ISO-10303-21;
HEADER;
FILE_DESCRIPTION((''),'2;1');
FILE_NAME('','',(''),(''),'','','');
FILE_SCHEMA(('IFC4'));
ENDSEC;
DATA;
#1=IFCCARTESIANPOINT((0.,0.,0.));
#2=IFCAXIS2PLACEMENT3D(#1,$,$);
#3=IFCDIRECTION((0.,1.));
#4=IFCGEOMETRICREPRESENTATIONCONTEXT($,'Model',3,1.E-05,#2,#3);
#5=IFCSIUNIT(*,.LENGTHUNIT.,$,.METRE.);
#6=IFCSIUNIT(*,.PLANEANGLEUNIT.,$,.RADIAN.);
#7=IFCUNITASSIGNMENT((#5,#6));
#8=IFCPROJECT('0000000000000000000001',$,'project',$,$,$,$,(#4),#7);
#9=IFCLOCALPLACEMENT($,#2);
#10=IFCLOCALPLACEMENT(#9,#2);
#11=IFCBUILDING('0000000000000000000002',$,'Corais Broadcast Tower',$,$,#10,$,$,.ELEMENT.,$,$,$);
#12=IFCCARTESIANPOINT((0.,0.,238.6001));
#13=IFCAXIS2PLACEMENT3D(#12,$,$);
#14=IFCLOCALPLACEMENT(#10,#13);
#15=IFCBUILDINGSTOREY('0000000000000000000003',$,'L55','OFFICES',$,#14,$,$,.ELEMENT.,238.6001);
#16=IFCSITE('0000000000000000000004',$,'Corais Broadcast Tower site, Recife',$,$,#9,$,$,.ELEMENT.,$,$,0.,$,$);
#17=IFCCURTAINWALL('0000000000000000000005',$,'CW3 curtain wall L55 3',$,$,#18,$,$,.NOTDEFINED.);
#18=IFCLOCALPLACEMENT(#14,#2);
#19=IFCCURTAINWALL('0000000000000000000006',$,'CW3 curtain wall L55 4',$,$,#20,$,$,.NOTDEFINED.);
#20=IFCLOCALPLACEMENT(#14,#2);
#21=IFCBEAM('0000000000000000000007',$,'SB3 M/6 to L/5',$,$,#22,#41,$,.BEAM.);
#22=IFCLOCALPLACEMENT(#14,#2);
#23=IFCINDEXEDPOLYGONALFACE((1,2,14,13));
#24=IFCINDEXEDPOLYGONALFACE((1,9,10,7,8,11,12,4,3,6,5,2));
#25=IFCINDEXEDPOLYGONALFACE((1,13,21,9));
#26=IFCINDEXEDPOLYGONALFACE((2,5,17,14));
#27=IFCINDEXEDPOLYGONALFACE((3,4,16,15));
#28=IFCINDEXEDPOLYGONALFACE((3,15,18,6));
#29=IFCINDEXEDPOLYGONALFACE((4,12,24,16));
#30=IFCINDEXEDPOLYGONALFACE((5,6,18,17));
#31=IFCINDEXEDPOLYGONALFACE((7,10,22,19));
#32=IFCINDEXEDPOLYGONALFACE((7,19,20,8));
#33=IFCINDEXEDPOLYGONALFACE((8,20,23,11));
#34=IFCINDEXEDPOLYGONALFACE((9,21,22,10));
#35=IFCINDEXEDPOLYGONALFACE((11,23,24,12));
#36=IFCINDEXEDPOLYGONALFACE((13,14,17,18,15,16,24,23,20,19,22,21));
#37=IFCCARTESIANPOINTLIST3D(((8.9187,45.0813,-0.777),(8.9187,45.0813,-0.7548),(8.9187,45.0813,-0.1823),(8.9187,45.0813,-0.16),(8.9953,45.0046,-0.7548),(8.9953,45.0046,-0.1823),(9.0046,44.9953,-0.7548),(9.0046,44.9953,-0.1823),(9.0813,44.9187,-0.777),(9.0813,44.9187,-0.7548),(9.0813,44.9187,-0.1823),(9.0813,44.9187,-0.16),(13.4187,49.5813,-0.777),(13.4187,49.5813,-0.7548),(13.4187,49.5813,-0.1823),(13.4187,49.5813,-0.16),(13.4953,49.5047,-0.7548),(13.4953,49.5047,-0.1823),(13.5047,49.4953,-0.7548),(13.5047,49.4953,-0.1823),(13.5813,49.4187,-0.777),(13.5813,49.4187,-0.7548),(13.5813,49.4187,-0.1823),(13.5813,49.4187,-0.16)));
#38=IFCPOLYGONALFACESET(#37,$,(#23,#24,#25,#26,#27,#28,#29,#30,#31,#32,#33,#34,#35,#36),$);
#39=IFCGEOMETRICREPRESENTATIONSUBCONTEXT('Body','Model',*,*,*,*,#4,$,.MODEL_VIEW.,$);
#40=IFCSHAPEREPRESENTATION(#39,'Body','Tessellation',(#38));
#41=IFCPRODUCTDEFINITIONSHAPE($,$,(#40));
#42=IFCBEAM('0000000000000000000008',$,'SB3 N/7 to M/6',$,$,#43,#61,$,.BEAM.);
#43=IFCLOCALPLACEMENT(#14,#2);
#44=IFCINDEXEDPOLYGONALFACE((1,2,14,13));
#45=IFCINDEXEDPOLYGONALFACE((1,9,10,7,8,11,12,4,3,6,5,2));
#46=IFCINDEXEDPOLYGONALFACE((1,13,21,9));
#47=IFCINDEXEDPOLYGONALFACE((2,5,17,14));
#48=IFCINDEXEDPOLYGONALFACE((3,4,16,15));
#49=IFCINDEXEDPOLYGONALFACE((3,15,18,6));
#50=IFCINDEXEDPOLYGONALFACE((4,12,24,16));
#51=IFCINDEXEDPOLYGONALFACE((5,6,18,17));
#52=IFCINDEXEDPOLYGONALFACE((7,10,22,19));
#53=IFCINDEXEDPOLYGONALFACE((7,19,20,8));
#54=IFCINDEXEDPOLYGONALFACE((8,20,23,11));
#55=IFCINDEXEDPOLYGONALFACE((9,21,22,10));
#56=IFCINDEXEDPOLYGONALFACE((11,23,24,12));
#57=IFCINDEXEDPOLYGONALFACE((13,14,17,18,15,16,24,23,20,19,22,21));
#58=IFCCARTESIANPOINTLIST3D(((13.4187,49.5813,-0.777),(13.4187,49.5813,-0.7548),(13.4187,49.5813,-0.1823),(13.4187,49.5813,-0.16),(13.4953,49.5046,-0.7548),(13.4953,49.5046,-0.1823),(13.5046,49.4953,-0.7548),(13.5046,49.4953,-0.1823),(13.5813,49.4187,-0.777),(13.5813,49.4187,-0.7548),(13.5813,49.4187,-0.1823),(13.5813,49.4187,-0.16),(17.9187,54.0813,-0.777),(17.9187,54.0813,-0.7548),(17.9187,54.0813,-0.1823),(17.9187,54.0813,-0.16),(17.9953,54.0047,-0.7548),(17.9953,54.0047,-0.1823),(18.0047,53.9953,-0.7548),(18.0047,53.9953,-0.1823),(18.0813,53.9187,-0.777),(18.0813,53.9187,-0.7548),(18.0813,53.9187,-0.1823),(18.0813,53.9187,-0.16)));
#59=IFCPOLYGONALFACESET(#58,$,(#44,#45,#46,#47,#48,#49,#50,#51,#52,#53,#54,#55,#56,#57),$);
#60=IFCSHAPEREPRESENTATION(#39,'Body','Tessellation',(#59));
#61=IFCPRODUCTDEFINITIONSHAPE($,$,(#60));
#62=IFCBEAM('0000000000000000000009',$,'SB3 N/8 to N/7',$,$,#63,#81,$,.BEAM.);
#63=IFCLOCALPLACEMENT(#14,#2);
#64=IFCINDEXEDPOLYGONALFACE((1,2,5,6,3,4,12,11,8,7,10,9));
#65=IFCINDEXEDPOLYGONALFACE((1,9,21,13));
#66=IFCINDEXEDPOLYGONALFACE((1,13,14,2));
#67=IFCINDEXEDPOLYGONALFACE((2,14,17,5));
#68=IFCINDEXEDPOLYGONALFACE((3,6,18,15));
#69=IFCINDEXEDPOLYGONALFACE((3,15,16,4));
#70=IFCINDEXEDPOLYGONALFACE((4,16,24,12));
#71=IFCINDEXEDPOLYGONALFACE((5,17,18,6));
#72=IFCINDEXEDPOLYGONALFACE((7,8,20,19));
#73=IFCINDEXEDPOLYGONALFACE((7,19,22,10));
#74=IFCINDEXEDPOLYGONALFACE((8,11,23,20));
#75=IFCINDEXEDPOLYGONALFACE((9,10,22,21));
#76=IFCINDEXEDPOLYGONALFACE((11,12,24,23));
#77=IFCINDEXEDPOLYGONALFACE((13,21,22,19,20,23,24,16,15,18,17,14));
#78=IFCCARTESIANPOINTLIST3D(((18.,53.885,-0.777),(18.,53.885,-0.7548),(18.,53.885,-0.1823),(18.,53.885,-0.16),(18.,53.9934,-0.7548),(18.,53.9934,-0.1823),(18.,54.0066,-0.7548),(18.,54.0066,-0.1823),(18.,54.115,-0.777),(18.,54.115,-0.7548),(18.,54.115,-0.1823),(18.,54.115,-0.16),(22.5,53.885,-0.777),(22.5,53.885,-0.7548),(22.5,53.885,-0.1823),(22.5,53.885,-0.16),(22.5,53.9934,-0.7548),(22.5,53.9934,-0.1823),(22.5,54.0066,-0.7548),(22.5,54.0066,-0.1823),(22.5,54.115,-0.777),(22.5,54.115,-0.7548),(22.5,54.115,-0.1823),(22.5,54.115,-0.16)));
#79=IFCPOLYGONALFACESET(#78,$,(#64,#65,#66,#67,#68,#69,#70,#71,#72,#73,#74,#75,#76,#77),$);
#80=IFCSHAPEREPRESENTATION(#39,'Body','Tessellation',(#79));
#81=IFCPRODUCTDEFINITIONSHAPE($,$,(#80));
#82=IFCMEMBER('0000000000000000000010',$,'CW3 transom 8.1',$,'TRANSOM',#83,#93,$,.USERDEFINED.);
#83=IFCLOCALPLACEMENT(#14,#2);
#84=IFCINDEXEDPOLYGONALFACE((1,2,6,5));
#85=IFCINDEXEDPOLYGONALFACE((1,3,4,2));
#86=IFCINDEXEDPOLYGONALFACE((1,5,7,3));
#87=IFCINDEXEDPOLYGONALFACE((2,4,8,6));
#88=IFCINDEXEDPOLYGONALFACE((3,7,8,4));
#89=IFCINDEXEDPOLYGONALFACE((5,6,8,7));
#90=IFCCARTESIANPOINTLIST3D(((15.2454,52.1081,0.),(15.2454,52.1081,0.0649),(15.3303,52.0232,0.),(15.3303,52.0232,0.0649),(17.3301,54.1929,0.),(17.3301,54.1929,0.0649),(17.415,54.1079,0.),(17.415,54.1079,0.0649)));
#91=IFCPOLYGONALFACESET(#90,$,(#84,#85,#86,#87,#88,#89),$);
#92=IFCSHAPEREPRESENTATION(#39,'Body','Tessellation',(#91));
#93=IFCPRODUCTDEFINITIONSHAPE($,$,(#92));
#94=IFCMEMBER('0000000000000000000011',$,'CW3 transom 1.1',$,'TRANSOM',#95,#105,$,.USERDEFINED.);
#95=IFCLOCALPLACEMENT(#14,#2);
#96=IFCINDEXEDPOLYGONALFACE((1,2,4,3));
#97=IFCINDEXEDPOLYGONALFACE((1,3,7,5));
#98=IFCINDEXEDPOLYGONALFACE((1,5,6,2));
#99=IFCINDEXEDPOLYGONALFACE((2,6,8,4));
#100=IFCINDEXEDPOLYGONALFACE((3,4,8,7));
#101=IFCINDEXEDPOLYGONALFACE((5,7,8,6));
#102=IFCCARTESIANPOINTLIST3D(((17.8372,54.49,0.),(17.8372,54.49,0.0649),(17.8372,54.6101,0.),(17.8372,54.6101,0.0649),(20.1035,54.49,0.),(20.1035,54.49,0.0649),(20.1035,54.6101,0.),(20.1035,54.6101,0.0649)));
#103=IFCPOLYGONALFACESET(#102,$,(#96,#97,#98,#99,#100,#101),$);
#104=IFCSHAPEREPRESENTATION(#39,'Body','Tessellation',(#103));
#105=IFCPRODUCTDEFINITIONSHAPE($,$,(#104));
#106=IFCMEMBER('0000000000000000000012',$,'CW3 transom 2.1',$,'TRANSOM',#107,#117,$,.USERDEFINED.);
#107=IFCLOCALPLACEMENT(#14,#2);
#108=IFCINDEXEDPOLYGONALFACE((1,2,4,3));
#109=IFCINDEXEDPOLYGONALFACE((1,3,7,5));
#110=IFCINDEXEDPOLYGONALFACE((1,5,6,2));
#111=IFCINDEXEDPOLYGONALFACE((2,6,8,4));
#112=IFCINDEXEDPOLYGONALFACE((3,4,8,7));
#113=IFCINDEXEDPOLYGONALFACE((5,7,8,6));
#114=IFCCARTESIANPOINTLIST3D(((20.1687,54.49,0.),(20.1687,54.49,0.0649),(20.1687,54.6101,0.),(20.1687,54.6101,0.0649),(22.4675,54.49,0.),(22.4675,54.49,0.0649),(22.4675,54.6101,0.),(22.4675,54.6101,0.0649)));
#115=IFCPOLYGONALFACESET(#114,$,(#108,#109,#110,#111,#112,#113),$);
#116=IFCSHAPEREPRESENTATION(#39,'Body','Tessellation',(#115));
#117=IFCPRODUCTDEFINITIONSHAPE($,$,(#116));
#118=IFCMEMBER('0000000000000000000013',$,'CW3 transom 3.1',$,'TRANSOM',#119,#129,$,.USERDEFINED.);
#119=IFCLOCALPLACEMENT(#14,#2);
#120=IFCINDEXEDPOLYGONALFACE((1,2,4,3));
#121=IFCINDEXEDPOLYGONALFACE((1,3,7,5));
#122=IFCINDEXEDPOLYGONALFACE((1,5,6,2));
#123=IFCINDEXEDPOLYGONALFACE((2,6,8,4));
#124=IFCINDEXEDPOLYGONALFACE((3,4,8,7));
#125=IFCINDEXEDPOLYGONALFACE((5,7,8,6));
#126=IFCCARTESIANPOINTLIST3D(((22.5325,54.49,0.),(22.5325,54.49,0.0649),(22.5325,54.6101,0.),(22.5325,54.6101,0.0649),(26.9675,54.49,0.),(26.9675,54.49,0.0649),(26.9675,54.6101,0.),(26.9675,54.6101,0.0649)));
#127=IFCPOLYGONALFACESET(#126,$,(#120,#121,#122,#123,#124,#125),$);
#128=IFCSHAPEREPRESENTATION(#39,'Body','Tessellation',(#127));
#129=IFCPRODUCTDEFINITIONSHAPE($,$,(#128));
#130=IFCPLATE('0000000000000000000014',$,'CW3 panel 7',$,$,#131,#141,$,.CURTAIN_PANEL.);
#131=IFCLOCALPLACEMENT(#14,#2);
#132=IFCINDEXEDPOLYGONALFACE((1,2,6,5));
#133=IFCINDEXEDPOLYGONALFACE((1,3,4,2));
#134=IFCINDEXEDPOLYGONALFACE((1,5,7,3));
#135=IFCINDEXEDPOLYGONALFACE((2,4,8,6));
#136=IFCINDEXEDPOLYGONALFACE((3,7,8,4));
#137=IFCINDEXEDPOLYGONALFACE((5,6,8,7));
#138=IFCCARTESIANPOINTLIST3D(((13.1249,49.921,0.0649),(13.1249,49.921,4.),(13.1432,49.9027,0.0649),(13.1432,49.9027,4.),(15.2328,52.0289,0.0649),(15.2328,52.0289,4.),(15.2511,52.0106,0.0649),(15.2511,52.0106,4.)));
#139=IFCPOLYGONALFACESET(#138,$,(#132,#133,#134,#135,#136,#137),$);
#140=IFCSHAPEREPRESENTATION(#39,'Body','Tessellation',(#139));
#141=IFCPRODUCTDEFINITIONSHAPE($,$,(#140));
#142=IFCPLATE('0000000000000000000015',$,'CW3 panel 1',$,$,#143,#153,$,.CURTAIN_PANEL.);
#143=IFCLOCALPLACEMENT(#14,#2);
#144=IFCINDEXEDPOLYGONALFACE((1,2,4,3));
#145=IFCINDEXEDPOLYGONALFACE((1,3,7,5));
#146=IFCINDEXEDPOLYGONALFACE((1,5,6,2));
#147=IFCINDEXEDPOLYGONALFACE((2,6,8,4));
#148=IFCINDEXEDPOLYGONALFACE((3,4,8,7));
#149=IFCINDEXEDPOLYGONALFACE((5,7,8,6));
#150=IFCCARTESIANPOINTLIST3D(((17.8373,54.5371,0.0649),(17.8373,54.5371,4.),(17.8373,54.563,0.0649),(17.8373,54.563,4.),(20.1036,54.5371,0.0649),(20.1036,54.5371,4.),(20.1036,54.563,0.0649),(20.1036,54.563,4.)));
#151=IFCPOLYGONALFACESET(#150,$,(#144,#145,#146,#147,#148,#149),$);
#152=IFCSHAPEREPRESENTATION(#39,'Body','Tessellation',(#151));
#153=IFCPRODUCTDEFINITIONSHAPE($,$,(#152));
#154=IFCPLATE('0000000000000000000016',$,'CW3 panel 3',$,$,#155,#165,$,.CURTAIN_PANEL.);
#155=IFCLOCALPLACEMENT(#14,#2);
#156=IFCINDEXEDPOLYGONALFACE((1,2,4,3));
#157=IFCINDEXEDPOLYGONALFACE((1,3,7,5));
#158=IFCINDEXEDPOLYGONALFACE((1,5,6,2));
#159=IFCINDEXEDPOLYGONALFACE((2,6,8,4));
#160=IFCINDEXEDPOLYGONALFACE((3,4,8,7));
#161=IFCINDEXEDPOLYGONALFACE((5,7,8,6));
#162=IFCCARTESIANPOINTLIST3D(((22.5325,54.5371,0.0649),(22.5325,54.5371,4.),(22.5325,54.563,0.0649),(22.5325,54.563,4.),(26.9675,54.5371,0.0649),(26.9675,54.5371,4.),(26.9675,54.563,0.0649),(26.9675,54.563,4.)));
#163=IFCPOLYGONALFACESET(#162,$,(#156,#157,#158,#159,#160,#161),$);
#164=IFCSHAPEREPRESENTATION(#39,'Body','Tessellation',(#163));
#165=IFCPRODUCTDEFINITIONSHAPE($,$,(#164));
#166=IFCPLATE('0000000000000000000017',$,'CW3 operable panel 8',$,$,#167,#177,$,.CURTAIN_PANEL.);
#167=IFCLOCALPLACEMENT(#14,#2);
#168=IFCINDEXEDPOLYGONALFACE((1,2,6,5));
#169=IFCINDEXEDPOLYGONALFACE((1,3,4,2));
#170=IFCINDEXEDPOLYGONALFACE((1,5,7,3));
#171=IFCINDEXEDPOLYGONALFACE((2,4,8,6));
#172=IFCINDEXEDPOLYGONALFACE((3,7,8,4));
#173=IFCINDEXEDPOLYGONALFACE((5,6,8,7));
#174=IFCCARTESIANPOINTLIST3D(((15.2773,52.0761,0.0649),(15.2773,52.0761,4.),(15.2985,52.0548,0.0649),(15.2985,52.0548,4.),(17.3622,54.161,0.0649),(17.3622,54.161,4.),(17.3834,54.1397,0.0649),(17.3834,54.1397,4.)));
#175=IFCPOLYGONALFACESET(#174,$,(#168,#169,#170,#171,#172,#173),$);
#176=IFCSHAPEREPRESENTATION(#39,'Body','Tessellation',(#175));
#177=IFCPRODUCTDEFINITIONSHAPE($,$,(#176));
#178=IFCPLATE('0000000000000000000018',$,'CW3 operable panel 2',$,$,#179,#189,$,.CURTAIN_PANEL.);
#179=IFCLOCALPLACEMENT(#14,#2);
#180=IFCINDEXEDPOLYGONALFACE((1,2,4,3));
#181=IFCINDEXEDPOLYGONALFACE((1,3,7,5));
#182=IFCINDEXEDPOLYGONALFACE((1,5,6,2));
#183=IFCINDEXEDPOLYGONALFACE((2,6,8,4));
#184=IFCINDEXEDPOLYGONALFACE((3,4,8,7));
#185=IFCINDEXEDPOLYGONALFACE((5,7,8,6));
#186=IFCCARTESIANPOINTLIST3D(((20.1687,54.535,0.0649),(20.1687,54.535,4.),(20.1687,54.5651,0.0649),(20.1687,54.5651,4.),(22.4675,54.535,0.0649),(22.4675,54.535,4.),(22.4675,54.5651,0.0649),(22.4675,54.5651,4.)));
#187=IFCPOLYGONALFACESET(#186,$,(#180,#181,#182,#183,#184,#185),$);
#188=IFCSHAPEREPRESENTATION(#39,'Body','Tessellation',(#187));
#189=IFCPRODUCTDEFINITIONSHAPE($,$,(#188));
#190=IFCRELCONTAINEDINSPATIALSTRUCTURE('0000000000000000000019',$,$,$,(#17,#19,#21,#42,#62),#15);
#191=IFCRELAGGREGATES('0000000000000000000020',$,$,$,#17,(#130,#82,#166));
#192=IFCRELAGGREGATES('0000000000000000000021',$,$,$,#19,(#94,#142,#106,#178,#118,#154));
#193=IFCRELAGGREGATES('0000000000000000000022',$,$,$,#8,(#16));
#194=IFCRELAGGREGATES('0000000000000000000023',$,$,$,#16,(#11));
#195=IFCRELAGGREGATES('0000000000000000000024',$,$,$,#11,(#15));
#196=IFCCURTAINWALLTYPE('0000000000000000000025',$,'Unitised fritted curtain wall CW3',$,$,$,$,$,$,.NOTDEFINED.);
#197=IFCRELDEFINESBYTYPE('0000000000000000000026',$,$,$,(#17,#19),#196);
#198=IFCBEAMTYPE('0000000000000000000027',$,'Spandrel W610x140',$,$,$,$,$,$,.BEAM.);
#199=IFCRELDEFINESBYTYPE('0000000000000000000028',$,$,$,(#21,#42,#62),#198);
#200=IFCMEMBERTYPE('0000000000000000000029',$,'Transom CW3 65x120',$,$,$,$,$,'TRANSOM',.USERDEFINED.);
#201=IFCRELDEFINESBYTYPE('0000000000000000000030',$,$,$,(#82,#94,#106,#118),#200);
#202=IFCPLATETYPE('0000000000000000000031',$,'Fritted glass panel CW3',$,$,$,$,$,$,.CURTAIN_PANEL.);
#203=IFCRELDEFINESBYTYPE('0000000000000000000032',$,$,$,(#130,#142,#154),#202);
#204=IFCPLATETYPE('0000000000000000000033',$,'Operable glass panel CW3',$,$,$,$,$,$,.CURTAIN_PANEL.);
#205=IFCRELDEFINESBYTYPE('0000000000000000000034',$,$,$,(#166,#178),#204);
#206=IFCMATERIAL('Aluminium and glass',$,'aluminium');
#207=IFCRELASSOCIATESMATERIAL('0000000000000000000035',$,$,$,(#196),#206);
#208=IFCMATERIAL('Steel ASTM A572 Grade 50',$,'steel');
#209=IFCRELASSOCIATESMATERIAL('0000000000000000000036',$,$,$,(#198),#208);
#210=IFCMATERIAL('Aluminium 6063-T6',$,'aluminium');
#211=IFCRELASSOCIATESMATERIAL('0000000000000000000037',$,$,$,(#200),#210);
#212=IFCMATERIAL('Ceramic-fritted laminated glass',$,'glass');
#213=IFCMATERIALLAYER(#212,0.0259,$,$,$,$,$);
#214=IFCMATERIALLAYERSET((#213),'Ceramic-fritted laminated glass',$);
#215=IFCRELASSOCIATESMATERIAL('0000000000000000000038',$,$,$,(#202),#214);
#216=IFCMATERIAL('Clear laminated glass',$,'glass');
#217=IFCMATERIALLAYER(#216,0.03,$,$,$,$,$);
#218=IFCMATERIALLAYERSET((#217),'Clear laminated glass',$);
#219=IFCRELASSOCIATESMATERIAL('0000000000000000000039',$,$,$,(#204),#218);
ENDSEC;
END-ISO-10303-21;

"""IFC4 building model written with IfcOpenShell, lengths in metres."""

from ifc_helpers import new_model, si_unit, direction, frame, origin, origin_2d, place, context, subcontext, project, spatial, rectangle, i_section, extrude, material, layer, layer_set, material_profile, profile_set, type_object, element, aggregate, save


model = new_model("IFC4")

# Units and contexts
model_context = context("Model", 3, precision=1e-05, world=origin(), true_north=direction((0.0, 1.0)))
body_context = subcontext(model_context, "Body", "Model", "MODEL_VIEW")
ifc_project = project(units=[si_unit("LENGTHUNIT", "METRE"), si_unit("PLANEANGLEUNIT", "RADIAN")], contexts=[model_context])

# Site, building, storey
site_placement = place(None, origin())
site = spatial("IfcSite", under=ifc_project, at=site_placement, Name="Corais Broadcast Tower site, Recife", CompositionType="ELEMENT", RefElevation=0.0)
building_placement = place(site_placement, origin())
building = spatial("IfcBuilding", under=site, at=building_placement, Name="Corais Broadcast Tower", CompositionType="ELEMENT")
storey_placement = place(building_placement, frame((0.0, 0.0, 238.6001)))
storey = spatial("IfcBuildingStorey", under=building, at=storey_placement, Name="L55", Description="OFFICES", CompositionType="ELEMENT", Elevation=238.6001)

# Curtain walls
ifc_material_1 = material(Name="Aluminium and glass", Category="aluminium")
curtain_wall_type = type_object("IfcCurtainWallType", Name="Unitised fritted curtain wall CW3", PredefinedType="NOTDEFINED", material=ifc_material_1)
curtain_wall_1_placement = place(storey_placement, origin())
curtain_wall_1 = element("IfcCurtainWall", 1, at=curtain_wall_1_placement, inside=storey, type_object=curtain_wall_type, Name="CW3 curtain wall L55 3", PredefinedType="NOTDEFINED")
curtain_wall_2_placement = place(storey_placement, origin())
curtain_wall_2 = element("IfcCurtainWall", 2, at=curtain_wall_2_placement, inside=storey, type_object=curtain_wall_type, Name="CW3 curtain wall L55 4", PredefinedType="NOTDEFINED")

# Beams
ifc_material_2 = material(Name="Steel ASTM A572 Grade 50", Category="steel")
ifc_material_profile_1 = material_profile(ifc_material_2, i_section(OverallWidth=0.23, OverallDepth=0.6169, WebThickness=0.0132, FlangeThickness=0.0222, at=origin_2d()), Name="W610x140")
ifc_profile_set_1 = profile_set([ifc_material_profile_1], Name="Steel ASTM A572 Grade 50")
beam_type_1 = type_object("IfcBeamType", Name="Spandrel W610x140", PredefinedType="BEAM", material=ifc_profile_set_1)
for number, where, z_axis, x_axis, name in (
    (3, (13.5, 49.5, -0.4685), (-0.707107, -0.707107, 0.0), (0.707107, -0.707107, 0.0), "SB3 M/6 to L/5"),
    (4, (18.0, 54.0, -0.4685), (-0.707107, -0.707107, 0.0), (0.707107, -0.707107, 0.0), "SB3 N/7 to M/6"),
):
    element("IfcBeam", number, at=place(storey_placement, frame(where, z_axis=z_axis, x_axis=x_axis)), inside=storey, type_object=beam_type_1, Name=name, PredefinedType="BEAM", context=body_context, shape_type="SweptSolid", body=[
        extrude(i_section(OverallWidth=0.23, OverallDepth=0.6169, WebThickness=0.0132, FlangeThickness=0.0222, at=origin_2d()), origin(), (0.0, 0.0, 1.0), 6.364),
    ])
beam_1_placement = place(storey_placement, frame((22.5, 54.0, -0.4685), z_axis=(-1.0, 0.0, 0.0), x_axis=(0.0, -1.0, 0.0)))
element("IfcBeam", 5, at=beam_1_placement, inside=storey, type_object=beam_type_1, Name="SB3 N/8 to N/7", PredefinedType="BEAM", context=body_context, shape_type="SweptSolid", body=[
    extrude(i_section(OverallWidth=0.23, OverallDepth=0.6169, WebThickness=0.0132, FlangeThickness=0.0222, at=origin_2d()), origin(), (0.0, 0.0, 1.0), 4.5),
])

# Members
ifc_material_3 = material(Name="Aluminium 6063-T6", Category="aluminium")
ifc_material_profile_2 = material_profile(ifc_material_3, rectangle(XDim=0.1201, YDim=0.0649, at=origin_2d()), Name="Transom CW3 65x120")
ifc_profile_set_2 = profile_set([ifc_material_profile_2], Name="Aluminium 6063-T6")
member_type_1 = type_object("IfcMemberType", Name="Transom CW3 65x120", ElementType="TRANSOM", PredefinedType="USERDEFINED", material=ifc_profile_set_2)
member_1_placement = place(storey_placement, frame((15.2878, 52.0657, 0.0325), z_axis=(0.707107, 0.707107, 0.0), x_axis=(-0.707107, 0.707107, 0.0)))
member_1 = element("IfcMember", 6, at=member_1_placement, type_object=member_type_1, Name="CW3 transom 8.1", ObjectType="TRANSOM", PredefinedType="USERDEFINED", context=body_context, shape_type="SweptSolid", body=[
    extrude(rectangle(XDim=0.1201, YDim=0.0649, at=origin_2d()), origin(), (0.0, 0.0, 1.0), 2.9482),
])
member_2_placement = place(storey_placement, frame((17.8372, 54.55, 0.0325), z_axis=(1.0, 0.0, 0.0), x_axis=(0.0, 1.0, 0.0)))
member_2 = element("IfcMember", 7, at=member_2_placement, type_object=member_type_1, Name="CW3 transom 1.1", ObjectType="TRANSOM", PredefinedType="USERDEFINED", context=body_context, shape_type="SweptSolid", body=[
    extrude(rectangle(XDim=0.1201, YDim=0.0649, at=origin_2d()), origin(), (0.0, 0.0, 1.0), 2.2664),
])
member_3_placement = place(storey_placement, frame((20.1687, 54.55, 0.0325), z_axis=(1.0, 0.0, 0.0), x_axis=(0.0, 1.0, 0.0)))
member_3 = element("IfcMember", 8, at=member_3_placement, type_object=member_type_1, Name="CW3 transom 2.1", ObjectType="TRANSOM", PredefinedType="USERDEFINED", context=body_context, shape_type="SweptSolid", body=[
    extrude(rectangle(XDim=0.1201, YDim=0.0649, at=origin_2d()), origin(), (0.0, 0.0, 1.0), 2.2988),
])
member_4_placement = place(storey_placement, frame((22.5325, 54.55, 0.0325), z_axis=(1.0, 0.0, 0.0), x_axis=(0.0, 1.0, 0.0)))
member_4 = element("IfcMember", 9, at=member_4_placement, type_object=member_type_1, Name="CW3 transom 3.1", ObjectType="TRANSOM", PredefinedType="USERDEFINED", context=body_context, shape_type="SweptSolid", body=[
    extrude(rectangle(XDim=0.1201, YDim=0.0649, at=origin_2d()), origin(), (0.0, 0.0, 1.0), 4.4351),
])

# Plates
ifc_material_4 = material(Name="Ceramic-fritted laminated glass", Category="glass")
ifc_layer_1 = layer(ifc_material_4, 0.0259)
ifc_layer_set_1 = layer_set([ifc_layer_1], Name="Ceramic-fritted laminated glass")
plate_type_1 = type_object("IfcPlateType", Name="Fritted glass panel CW3", PredefinedType="CURTAIN_PANEL", material=ifc_layer_set_1)
plate_1_placement = place(storey_placement, frame((14.188, 50.9658, 0.0649), z_axis=(0.0, 0.0, 1.0), x_axis=(0.707107, 0.707107, 0.0)))
plate_1 = element("IfcPlate", 10, at=plate_1_placement, type_object=plate_type_1, Name="CW3 panel 7", PredefinedType="CURTAIN_PANEL", context=body_context, shape_type="SweptSolid", body=[
    extrude(rectangle(XDim=2.981, YDim=0.0259, at=origin_2d()), origin(), (0.0, 0.0, 1.0), 3.9351),
])
plate_2_placement = place(storey_placement, frame((18.9705, 54.55, 0.0649), z_axis=(0.0, 0.0, 1.0), x_axis=(1.0, 0.0, 0.0)))
plate_2 = element("IfcPlate", 11, at=plate_2_placement, type_object=plate_type_1, Name="CW3 panel 1", PredefinedType="CURTAIN_PANEL", context=body_context, shape_type="SweptSolid", body=[
    extrude(rectangle(XDim=2.2664, YDim=0.0259, at=origin_2d()), origin(), (0.0, 0.0, 1.0), 3.9351),
])
plate_3_placement = place(storey_placement, frame((24.75, 54.55, 0.0649), z_axis=(0.0, 0.0, 1.0), x_axis=(1.0, 0.0, 0.0)))
plate_3 = element("IfcPlate", 12, at=plate_3_placement, type_object=plate_type_1, Name="CW3 panel 3", PredefinedType="CURTAIN_PANEL", context=body_context, shape_type="SweptSolid", body=[
    extrude(rectangle(XDim=4.4351, YDim=0.0259, at=origin_2d()), origin(), (0.0, 0.0, 1.0), 3.9351),
])
ifc_material_5 = material(Name="Clear laminated glass", Category="glass")
ifc_layer_2 = layer(ifc_material_5, 0.03)
ifc_layer_set_2 = layer_set([ifc_layer_2], Name="Clear laminated glass")
plate_type_2 = type_object("IfcPlateType", Name="Operable glass panel CW3", PredefinedType="CURTAIN_PANEL", material=ifc_layer_set_2)
plate_4_placement = place(storey_placement, frame((16.3303, 53.1079, 0.0649), z_axis=(0.0, 0.0, 1.0), x_axis=(0.707107, 0.707107, 0.0)))
plate_4 = element("IfcPlate", 13, at=plate_4_placement, type_object=plate_type_2, Name="CW3 operable panel 8", PredefinedType="CURTAIN_PANEL", context=body_context, shape_type="SweptSolid", body=[
    extrude(rectangle(XDim=2.9485, YDim=0.03, at=origin_2d()), origin(), (0.0, 0.0, 1.0), 3.9351),
])
aggregate(curtain_wall_1, [plate_1, member_1, plate_4])
plate_5_placement = place(storey_placement, frame((21.3181, 54.55, 0.0649), z_axis=(0.0, 0.0, 1.0), x_axis=(1.0, 0.0, 0.0)))
plate_5 = element("IfcPlate", 14, at=plate_5_placement, type_object=plate_type_2, Name="CW3 operable panel 2", PredefinedType="CURTAIN_PANEL", context=body_context, shape_type="SweptSolid", body=[
    extrude(rectangle(XDim=2.2988, YDim=0.03, at=origin_2d()), origin(), (0.0, 0.0, 1.0), 3.9351),
])
aggregate(curtain_wall_2, [member_2, plate_2, member_3, plate_5, member_4, plate_3])

save(model, "model.ifc")
